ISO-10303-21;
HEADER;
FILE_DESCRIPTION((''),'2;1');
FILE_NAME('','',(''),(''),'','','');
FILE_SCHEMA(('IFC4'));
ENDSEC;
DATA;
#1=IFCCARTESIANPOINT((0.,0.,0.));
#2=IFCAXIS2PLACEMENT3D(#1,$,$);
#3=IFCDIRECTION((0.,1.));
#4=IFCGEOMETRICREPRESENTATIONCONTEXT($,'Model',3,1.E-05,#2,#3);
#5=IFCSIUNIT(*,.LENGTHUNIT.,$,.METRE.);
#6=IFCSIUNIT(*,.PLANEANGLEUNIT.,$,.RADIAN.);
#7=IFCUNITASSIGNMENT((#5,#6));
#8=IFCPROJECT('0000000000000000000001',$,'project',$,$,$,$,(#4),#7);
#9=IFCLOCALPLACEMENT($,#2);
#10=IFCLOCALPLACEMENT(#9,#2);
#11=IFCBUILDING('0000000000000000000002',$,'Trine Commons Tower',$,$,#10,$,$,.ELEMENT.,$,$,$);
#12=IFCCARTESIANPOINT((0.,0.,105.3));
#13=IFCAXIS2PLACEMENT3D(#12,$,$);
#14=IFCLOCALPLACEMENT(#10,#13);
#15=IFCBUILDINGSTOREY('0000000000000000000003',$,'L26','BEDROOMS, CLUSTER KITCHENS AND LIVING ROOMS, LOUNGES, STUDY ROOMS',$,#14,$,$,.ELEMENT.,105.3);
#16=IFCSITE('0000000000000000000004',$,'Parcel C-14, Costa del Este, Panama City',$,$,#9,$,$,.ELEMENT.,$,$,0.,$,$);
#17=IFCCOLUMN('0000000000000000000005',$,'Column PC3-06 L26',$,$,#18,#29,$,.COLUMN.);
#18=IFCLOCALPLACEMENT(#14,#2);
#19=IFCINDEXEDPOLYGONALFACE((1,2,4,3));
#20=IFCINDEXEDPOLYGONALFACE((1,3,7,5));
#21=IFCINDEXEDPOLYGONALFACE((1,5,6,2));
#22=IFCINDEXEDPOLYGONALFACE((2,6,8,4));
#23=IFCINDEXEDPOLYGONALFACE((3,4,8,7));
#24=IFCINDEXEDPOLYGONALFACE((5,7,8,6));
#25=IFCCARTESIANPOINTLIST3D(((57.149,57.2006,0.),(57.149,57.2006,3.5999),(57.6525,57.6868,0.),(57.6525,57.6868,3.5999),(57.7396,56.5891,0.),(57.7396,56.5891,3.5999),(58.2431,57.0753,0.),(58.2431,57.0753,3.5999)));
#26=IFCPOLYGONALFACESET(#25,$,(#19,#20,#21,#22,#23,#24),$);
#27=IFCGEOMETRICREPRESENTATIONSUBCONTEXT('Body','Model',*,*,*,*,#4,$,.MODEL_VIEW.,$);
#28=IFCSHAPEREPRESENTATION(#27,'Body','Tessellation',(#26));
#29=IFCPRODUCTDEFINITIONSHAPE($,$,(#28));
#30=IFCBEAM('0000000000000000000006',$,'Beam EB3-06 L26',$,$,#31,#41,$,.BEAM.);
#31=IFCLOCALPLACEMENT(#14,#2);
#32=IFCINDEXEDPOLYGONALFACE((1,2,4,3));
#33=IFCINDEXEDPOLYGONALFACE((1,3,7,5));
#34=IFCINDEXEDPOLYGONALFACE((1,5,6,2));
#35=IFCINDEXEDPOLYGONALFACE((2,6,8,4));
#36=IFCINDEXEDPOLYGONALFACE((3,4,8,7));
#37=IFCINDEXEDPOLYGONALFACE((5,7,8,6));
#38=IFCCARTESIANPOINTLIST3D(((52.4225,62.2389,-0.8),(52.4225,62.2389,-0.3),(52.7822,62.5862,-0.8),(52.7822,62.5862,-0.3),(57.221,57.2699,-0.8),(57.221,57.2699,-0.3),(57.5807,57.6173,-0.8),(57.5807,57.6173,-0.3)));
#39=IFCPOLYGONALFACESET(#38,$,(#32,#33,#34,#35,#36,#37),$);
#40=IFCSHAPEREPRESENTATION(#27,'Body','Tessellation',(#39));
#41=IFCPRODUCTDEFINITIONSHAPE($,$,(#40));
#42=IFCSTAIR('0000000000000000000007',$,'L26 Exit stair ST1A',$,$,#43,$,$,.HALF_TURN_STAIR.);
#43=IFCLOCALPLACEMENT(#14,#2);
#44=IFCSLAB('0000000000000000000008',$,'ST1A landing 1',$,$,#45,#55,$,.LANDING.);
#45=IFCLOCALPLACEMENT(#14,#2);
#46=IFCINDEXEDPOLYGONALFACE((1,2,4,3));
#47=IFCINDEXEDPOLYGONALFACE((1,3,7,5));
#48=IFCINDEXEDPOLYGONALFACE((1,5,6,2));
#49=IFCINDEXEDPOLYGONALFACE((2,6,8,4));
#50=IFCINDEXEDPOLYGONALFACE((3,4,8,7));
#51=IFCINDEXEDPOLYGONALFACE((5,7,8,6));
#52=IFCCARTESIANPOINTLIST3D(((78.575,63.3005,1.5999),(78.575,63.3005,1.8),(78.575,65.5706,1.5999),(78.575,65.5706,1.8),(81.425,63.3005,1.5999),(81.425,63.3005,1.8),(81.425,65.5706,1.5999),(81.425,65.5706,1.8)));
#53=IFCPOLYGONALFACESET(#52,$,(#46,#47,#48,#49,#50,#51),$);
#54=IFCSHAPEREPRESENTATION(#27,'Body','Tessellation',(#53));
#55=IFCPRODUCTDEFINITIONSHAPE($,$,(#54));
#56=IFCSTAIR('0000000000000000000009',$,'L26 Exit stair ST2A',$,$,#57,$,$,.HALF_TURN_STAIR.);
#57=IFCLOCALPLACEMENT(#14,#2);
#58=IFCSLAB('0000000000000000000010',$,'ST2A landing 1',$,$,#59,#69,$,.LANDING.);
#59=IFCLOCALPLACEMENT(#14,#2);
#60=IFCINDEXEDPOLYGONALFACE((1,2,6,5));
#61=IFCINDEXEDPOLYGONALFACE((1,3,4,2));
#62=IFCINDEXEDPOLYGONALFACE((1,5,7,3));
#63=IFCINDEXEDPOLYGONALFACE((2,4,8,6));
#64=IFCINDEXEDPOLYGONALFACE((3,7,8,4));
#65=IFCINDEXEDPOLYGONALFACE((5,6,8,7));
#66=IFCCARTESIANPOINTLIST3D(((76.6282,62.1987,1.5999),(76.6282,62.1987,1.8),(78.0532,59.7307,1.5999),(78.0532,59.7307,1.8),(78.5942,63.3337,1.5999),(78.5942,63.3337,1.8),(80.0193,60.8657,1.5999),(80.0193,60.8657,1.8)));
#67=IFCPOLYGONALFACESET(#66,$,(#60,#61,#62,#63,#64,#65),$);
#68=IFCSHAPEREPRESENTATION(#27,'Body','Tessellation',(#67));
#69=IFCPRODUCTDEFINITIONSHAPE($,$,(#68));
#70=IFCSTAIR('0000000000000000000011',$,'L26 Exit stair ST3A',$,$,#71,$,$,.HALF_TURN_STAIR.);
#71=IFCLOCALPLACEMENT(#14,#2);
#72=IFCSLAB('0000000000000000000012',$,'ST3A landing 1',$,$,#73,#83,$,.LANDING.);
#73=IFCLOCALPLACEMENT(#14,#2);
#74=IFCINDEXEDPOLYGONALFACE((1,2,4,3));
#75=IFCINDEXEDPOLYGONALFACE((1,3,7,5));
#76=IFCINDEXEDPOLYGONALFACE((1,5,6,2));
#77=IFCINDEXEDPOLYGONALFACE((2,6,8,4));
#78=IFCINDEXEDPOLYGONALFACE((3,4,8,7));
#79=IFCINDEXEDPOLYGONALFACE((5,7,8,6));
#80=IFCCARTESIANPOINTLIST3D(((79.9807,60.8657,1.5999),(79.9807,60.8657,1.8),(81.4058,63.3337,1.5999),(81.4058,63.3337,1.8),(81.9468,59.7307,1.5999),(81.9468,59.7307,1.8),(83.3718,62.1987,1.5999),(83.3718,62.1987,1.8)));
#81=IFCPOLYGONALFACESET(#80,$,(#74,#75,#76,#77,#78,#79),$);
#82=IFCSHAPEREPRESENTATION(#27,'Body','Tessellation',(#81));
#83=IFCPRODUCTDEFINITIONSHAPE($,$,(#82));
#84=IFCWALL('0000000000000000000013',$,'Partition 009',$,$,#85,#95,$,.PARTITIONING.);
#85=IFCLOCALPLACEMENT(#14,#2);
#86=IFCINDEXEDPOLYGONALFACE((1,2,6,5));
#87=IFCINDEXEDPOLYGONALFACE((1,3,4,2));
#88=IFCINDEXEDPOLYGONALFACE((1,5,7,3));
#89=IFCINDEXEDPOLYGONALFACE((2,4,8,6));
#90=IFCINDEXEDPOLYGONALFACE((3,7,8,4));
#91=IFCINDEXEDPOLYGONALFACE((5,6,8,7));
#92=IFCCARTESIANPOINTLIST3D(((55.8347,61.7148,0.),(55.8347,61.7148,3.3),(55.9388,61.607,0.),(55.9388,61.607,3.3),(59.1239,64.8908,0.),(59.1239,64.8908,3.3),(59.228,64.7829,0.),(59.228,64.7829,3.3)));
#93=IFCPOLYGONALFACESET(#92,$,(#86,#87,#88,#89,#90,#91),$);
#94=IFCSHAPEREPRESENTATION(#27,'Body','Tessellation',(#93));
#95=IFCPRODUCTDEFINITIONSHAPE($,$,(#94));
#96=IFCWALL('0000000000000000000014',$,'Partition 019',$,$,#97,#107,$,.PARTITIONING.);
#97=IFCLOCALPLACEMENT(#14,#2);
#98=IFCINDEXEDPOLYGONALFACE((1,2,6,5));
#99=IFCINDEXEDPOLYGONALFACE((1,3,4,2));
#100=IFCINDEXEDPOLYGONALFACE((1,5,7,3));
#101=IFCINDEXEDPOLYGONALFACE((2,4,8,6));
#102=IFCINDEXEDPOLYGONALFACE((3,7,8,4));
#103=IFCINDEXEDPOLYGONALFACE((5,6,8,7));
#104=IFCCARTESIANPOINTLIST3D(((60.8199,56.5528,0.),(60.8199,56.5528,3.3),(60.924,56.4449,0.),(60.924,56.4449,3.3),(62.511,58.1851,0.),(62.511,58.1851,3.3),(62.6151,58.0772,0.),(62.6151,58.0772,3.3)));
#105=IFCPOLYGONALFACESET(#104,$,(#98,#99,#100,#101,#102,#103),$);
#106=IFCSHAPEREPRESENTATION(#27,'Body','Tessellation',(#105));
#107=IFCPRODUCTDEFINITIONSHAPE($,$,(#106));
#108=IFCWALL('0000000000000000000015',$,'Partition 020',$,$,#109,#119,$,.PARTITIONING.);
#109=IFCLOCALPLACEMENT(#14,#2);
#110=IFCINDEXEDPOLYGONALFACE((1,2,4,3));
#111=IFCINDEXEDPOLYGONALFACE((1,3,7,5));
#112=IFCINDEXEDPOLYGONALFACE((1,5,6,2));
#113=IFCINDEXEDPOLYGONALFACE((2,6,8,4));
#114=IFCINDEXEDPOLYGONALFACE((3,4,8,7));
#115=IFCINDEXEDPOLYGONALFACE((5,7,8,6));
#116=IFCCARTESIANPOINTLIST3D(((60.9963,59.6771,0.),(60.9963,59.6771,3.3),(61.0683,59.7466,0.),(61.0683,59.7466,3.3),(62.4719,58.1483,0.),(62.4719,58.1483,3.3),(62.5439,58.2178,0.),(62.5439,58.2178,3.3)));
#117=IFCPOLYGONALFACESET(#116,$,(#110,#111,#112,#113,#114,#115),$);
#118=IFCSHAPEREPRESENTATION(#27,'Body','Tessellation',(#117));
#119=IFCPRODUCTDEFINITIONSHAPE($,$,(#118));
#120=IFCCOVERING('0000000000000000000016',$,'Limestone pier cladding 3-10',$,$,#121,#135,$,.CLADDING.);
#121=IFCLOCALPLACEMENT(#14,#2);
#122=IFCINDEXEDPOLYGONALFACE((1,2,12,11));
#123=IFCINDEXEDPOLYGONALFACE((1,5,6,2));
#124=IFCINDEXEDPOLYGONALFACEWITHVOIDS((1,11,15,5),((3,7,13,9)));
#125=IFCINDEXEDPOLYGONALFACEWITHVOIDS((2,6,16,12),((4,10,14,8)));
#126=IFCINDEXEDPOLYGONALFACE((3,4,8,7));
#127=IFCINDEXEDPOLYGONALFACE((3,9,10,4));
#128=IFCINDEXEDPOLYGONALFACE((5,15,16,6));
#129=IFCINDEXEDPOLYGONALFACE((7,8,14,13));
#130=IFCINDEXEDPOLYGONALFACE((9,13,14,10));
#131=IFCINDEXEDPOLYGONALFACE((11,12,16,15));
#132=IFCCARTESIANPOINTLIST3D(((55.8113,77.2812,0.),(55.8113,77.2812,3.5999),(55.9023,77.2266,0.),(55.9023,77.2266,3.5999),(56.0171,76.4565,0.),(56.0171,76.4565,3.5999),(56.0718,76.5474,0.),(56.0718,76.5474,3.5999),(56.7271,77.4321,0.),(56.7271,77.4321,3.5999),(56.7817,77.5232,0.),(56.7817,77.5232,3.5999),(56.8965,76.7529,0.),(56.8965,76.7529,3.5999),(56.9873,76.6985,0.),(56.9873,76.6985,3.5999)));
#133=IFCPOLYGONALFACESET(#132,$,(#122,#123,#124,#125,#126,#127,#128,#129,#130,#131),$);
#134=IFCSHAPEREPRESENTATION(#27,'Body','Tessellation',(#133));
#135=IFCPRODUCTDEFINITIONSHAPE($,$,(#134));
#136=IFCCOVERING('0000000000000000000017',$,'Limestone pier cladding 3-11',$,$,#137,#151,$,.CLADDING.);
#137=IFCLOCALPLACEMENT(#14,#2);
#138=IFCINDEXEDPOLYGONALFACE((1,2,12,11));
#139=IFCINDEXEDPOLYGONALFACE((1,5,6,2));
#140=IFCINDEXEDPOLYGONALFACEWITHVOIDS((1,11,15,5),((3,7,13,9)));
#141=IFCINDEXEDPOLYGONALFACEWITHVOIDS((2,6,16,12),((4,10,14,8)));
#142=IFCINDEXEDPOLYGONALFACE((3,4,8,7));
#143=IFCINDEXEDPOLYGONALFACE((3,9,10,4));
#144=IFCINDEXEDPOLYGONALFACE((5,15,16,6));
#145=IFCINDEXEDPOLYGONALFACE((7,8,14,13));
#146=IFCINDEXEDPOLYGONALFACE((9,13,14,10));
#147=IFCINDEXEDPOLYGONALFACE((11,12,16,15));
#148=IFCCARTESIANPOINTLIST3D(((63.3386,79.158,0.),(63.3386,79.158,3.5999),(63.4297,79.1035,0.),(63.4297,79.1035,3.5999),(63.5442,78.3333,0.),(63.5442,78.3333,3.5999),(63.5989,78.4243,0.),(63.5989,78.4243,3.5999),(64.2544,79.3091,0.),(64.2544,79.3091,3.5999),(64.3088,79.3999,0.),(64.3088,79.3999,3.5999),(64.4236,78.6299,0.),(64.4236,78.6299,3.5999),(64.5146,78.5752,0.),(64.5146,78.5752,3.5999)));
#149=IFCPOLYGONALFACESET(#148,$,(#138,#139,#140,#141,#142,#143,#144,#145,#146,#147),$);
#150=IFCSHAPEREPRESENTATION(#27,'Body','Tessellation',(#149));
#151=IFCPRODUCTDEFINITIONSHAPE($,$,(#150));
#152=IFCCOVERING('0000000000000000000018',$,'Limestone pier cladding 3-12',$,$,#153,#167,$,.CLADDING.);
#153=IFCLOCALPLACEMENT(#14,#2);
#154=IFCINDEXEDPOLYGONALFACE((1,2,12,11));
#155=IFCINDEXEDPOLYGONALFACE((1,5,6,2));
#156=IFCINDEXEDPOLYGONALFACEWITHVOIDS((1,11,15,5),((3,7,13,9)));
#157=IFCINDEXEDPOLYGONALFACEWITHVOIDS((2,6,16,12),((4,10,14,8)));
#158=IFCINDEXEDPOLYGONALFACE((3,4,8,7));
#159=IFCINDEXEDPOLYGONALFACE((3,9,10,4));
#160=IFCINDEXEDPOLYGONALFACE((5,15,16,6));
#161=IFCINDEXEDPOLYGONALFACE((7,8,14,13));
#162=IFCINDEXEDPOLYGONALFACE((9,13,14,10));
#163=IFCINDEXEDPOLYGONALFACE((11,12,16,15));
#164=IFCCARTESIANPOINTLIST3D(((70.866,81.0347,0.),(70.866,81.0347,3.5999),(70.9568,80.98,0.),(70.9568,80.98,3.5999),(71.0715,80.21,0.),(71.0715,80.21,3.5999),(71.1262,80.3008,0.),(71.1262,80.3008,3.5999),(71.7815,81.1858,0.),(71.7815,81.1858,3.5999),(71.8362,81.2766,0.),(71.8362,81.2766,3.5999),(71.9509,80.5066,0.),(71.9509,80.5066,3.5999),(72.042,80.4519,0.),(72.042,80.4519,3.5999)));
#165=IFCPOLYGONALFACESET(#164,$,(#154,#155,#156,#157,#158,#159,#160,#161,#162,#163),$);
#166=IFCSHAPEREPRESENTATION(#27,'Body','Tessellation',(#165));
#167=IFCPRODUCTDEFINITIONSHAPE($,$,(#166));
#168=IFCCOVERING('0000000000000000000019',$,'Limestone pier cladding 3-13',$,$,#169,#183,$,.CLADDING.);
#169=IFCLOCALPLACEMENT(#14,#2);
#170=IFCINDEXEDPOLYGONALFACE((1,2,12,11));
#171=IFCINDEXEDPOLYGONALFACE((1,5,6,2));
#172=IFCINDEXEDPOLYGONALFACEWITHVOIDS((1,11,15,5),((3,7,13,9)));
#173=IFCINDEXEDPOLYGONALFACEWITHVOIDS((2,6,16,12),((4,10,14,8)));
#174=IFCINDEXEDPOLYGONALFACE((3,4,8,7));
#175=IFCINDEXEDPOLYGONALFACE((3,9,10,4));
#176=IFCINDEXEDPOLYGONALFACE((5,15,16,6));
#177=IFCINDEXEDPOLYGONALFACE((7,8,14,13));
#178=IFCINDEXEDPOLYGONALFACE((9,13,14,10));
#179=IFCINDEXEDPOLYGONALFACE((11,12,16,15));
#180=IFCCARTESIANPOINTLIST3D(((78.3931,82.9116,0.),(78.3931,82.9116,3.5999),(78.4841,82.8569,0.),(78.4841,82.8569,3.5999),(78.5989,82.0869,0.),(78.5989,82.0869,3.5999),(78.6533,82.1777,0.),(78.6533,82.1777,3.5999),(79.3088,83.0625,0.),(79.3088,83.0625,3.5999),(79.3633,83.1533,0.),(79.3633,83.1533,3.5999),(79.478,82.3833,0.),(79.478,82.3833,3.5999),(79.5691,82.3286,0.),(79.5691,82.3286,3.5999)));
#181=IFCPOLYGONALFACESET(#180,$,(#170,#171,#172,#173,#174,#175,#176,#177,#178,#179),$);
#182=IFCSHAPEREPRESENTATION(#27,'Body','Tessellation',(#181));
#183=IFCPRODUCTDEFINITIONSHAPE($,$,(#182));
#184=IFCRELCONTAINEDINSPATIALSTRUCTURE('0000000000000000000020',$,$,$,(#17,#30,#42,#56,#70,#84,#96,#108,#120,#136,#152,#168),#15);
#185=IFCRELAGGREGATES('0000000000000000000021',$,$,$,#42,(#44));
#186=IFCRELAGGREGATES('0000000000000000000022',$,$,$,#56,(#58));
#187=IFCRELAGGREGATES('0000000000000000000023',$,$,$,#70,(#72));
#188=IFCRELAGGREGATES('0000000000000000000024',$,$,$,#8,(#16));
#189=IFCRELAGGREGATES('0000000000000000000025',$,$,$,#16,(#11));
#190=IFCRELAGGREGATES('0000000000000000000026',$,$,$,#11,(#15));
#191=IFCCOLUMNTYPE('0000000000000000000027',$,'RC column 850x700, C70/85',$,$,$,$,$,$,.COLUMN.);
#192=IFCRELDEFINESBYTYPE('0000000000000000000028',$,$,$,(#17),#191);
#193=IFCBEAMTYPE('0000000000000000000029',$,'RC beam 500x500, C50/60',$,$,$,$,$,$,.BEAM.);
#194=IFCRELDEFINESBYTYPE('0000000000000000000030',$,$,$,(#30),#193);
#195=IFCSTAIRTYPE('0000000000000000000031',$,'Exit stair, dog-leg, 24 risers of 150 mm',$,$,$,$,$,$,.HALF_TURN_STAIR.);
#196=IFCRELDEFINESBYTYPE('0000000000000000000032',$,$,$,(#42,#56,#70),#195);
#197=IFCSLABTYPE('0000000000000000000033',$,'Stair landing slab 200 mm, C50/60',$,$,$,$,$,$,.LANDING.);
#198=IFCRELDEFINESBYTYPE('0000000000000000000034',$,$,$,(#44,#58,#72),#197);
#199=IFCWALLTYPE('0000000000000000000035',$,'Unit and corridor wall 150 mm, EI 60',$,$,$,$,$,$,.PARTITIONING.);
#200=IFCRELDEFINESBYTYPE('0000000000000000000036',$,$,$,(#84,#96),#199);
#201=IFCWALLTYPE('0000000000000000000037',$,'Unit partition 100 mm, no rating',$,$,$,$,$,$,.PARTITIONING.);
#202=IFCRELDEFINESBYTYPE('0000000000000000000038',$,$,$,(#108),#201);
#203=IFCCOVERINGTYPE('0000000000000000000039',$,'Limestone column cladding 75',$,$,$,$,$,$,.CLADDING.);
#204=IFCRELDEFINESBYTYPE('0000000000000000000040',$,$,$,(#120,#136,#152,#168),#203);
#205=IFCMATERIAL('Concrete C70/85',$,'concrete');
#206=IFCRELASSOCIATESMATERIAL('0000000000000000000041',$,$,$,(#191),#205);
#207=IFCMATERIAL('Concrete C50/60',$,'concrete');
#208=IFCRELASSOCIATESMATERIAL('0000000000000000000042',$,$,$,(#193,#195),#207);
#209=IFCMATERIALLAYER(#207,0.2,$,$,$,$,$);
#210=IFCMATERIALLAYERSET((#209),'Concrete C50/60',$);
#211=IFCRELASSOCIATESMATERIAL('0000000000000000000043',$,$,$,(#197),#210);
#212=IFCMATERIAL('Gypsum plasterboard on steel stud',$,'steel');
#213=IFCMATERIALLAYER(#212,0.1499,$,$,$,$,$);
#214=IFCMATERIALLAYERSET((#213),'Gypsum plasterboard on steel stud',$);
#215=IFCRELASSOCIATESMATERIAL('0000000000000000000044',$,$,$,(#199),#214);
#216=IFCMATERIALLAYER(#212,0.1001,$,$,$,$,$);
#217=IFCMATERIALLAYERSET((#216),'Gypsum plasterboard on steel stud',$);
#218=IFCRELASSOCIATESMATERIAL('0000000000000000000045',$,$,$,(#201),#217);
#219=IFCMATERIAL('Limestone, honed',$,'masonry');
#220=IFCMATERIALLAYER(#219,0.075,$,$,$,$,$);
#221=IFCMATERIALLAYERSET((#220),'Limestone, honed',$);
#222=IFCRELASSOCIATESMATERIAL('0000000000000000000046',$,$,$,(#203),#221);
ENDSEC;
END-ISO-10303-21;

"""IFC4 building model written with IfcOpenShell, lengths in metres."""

from ifc_helpers import new_model, si_unit, direction, frame, frame_2d, origin, origin_2d, place, context, subcontext, project, spatial, polyline, rectangle, outline, extrude, material, layer, layer_set, material_profile, profile_set, type_object, element, aggregate, save


model = new_model("IFC4")

# Units and contexts
model_context = context("Model", 3, precision=1e-05, world=origin(), true_north=direction((0.0, 1.0)))
body_context = subcontext(model_context, "Body", "Model", "MODEL_VIEW")
ifc_project = project(units=[si_unit("LENGTHUNIT", "METRE"), si_unit("PLANEANGLEUNIT", "RADIAN")], contexts=[model_context])

# Site, building, storey
site_placement = place(None, origin())
site = spatial("IfcSite", under=ifc_project, at=site_placement, Name="Parcel C-14, Costa del Este, Panama City", CompositionType="ELEMENT", RefElevation=0.0)
building_placement = place(site_placement, origin())
building = spatial("IfcBuilding", under=site, at=building_placement, Name="Trine Commons Tower", CompositionType="ELEMENT")
storey_placement = place(building_placement, frame((0.0, 0.0, 105.3)))
storey = spatial("IfcBuildingStorey", under=building, at=storey_placement, Name="L26", Description="BEDROOMS, CLUSTER KITCHENS AND LIVING ROOMS, LOUNGES, STUDY ROOMS", CompositionType="ELEMENT", Elevation=105.3)

# Column
ifc_material_1 = material(Name="Concrete C70/85", Category="concrete")
ifc_material_profile_1 = material_profile(ifc_material_1, rectangle(XDim=0.8501, YDim=0.7, at=origin_2d()), Name="RC 850x700")
ifc_profile_set_1 = profile_set([ifc_material_profile_1], Name="Concrete C70/85")
column_type = type_object("IfcColumnType", Name="RC column 850x700, C70/85", PredefinedType="COLUMN", material=ifc_profile_set_1)
column_placement = place(storey_placement, frame((57.696, 57.1379, 0.0), z_axis=(0.0, 0.0, 1.0), x_axis=(-0.694658, 0.71934, 0.0)))
element("IfcColumn", 1, at=column_placement, inside=storey, type_object=column_type, Name="Column PC3-06 L26", PredefinedType="COLUMN", context=body_context, shape_type="SweptSolid", body=[
    extrude(rectangle(XDim=0.8501, YDim=0.7, at=origin_2d()), origin(), (0.0, 0.0, 1.0), 3.5999),
])

# Beam
ifc_material_2 = material(Name="Concrete C50/60", Category="concrete")
ifc_material_profile_2 = material_profile(ifc_material_2, rectangle(XDim=0.5, YDim=0.5, at=origin_2d()), Name="RC 500x500")
ifc_profile_set_2 = profile_set([ifc_material_profile_2], Name="Concrete C50/60")
beam_type = type_object("IfcBeamType", Name="RC beam 500x500, C50/60", PredefinedType="BEAM", material=ifc_profile_set_2)
beam_placement = place(storey_placement, frame((57.4009, 57.4436, -0.55), z_axis=(-0.694665, 0.719334, 0.0), x_axis=(-0.719334, -0.694665, 0.0)))
element("IfcBeam", 2, at=beam_placement, inside=storey, type_object=beam_type, Name="Beam EB3-06 L26", PredefinedType="BEAM", context=body_context, shape_type="SweptSolid", body=[
    extrude(rectangle(XDim=0.5, YDim=0.5, at=origin_2d()), origin(), (0.0, 0.0, 1.0), 6.9077),
])

# Stairs, slabs
stair_type = type_object("IfcStairType", Name="Exit stair, dog-leg, 24 risers of 150 mm", PredefinedType="HALF_TURN_STAIR", material=ifc_material_2)
stair_1_placement = place(storey_placement, origin())
stair_1 = element("IfcStair", 3, at=stair_1_placement, inside=storey, type_object=stair_type, Name="L26 Exit stair ST1A", PredefinedType="HALF_TURN_STAIR")
ifc_layer_1 = layer(ifc_material_2, 0.2)
ifc_layer_set_1 = layer_set([ifc_layer_1], Name="Concrete C50/60")
slab_type = type_object("IfcSlabType", Name="Stair landing slab 200 mm, C50/60", PredefinedType="LANDING", material=ifc_layer_set_1)
slab_1_placement = place(storey_placement, frame((0.0, 0.0, 1.5999)))
slab_1 = element("IfcSlab", 4, at=slab_1_placement, type_object=slab_type, Name="ST1A landing 1", PredefinedType="LANDING", context=body_context, shape_type="SweptSolid", body=[
    extrude(outline(polyline([(78.575, 65.5706), (78.575, 63.3005), (81.425, 63.3005), (81.425, 65.5706), (78.575, 65.5706)])), origin(), (0.0, 0.0, 1.0), 0.2002),
])
aggregate(stair_1, [slab_1])
stair_2_placement = place(storey_placement, origin())
stair_2 = element("IfcStair", 5, at=stair_2_placement, inside=storey, type_object=stair_type, Name="L26 Exit stair ST2A", PredefinedType="HALF_TURN_STAIR")
slab_2_placement = place(storey_placement, frame((0.0, 0.0, 1.5999)))
slab_2 = element("IfcSlab", 6, at=slab_2_placement, type_object=slab_type, Name="ST2A landing 1", PredefinedType="LANDING", context=body_context, shape_type="SweptSolid", body=[
    extrude(outline(polyline([(78.0532, 59.7307), (80.0193, 60.8657), (78.5942, 63.3337), (76.6282, 62.1987), (78.0532, 59.7307)])), origin(), (0.0, 0.0, 1.0), 0.2002),
])
aggregate(stair_2, [slab_2])
stair_3_placement = place(storey_placement, origin())
stair_3 = element("IfcStair", 7, at=stair_3_placement, inside=storey, type_object=stair_type, Name="L26 Exit stair ST3A", PredefinedType="HALF_TURN_STAIR")
slab_3_placement = place(storey_placement, frame((0.0, 0.0, 1.5999)))
slab_3 = element("IfcSlab", 8, at=slab_3_placement, type_object=slab_type, Name="ST3A landing 1", PredefinedType="LANDING", context=body_context, shape_type="SweptSolid", body=[
    extrude(outline(polyline([(83.3718, 62.1987), (81.4058, 63.3337), (79.9807, 60.8657), (81.9468, 59.7307), (83.3718, 62.1987)])), origin(), (0.0, 0.0, 1.0), 0.2002),
])
aggregate(stair_3, [slab_3])

# Walls
ifc_material_3 = material(Name="Gypsum plasterboard on steel stud", Category="steel")
ifc_layer_2 = layer(ifc_material_3, 0.1499)
ifc_layer_set_2 = layer_set([ifc_layer_2], Name="Gypsum plasterboard on steel stud")
wall_type_1 = type_object("IfcWallType", Name="Unit and corridor wall 150 mm, EI 60", PredefinedType="PARTITIONING", material=ifc_layer_set_2)
wall_1_placement = place(storey_placement, frame((55.8867, 61.6609, 0.0), z_axis=(0.0, 0.0, 1.0), x_axis=(0.719386, 0.694611, 0.0)))
element("IfcWall", 9, at=wall_1_placement, inside=storey, type_object=wall_type_1, Name="Partition 009", PredefinedType="PARTITIONING", context=body_context, shape_type="SweptSolid", body=[
    extrude(rectangle(XDim=4.5723, YDim=0.1499, at=frame_2d((2.2861, 0.0))), origin(), (0.0, 0.0, 1.0), 3.3),
])
wall_2_placement = place(storey_placement, frame((60.8718, 56.4988, 0.0), z_axis=(0.0, 0.0, 1.0), x_axis=(0.719512, 0.69448, 0.0)))
element("IfcWall", 10, at=wall_2_placement, inside=storey, type_object=wall_type_1, Name="Partition 019", PredefinedType="PARTITIONING", context=body_context, shape_type="SweptSolid", body=[
    extrude(rectangle(XDim=2.3503, YDim=0.1499, at=frame_2d((1.1753, 0.0))), origin(), (0.0, 0.0, 1.0), 3.3),
])
ifc_layer_3 = layer(ifc_material_3, 0.1001)
ifc_layer_set_3 = layer_set([ifc_layer_3], Name="Gypsum plasterboard on steel stud")
wall_type_2 = type_object("IfcWallType", Name="Unit partition 100 mm, no rating", PredefinedType="PARTITIONING", material=ifc_layer_set_3)
wall_3_placement = place(storey_placement, frame((61.0322, 59.7119, 0.0), z_axis=(0.0, 0.0, 1.0), x_axis=(0.694471, -0.71952, 0.0)))
element("IfcWall", 11, at=wall_3_placement, inside=storey, type_object=wall_type_2, Name="Partition 020", PredefinedType="PARTITIONING", context=body_context, shape_type="SweptSolid", body=[
    extrude(rectangle(XDim=2.1248, YDim=0.1001, at=frame_2d((1.0625, 0.0))), origin(), (0.0, 0.0, 1.0), 3.3),
])

# Coverings
ifc_material_4 = material(Name="Limestone, honed", Category="masonry")
ifc_layer_4 = layer(ifc_material_4, 0.075)
ifc_layer_set_4 = layer_set([ifc_layer_4], Name="Limestone, honed")
covering_type_1 = type_object("IfcCoveringType", Name="Limestone column cladding 75", PredefinedType="CLADDING", material=ifc_layer_set_4)
covering_1_placement = place(storey_placement, origin())
element("IfcCovering", 12, at=covering_1_placement, inside=storey, type_object=covering_type_1, Name="Limestone pier cladding 3-10", PredefinedType="CLADDING", context=body_context, shape_type="SweptSolid", body=[
    extrude(outline(polyline([(56.9873, 76.6985), (56.7817, 77.5232), (55.8113, 77.2812), (56.0171, 76.4565), (56.9873, 76.6985)]), holes=[polyline([(56.8965, 76.7529), (56.7271, 77.4321), (55.9023, 77.2266), (56.0718, 76.5474), (56.8965, 76.7529)])]), origin(), (0.0, 0.0, 1.0), 3.5999),
])
covering_2_placement = place(storey_placement, origin())
element("IfcCovering", 13, at=covering_2_placement, inside=storey, type_object=covering_type_1, Name="Limestone pier cladding 3-11", PredefinedType="CLADDING", context=body_context, shape_type="SweptSolid", body=[
    extrude(outline(polyline([(64.5146, 78.5752), (64.3088, 79.3999), (63.3386, 79.158), (63.5442, 78.3333), (64.5146, 78.5752)]), holes=[polyline([(64.4236, 78.6299), (64.2544, 79.3091), (63.4297, 79.1035), (63.5989, 78.4243), (64.4236, 78.6299)])]), origin(), (0.0, 0.0, 1.0), 3.5999),
])
covering_3_placement = place(storey_placement, origin())
element("IfcCovering", 14, at=covering_3_placement, inside=storey, type_object=covering_type_1, Name="Limestone pier cladding 3-12", PredefinedType="CLADDING", context=body_context, shape_type="SweptSolid", body=[
    extrude(outline(polyline([(72.042, 80.4519), (71.8362, 81.2766), (70.866, 81.0347), (71.0715, 80.21), (72.042, 80.4519)]), holes=[polyline([(71.9509, 80.5066), (71.7815, 81.1858), (70.9568, 80.98), (71.1262, 80.3008), (71.9509, 80.5066)])]), origin(), (0.0, 0.0, 1.0), 3.5999),
])
covering_4_placement = place(storey_placement, origin())
element("IfcCovering", 15, at=covering_4_placement, inside=storey, type_object=covering_type_1, Name="Limestone pier cladding 3-13", PredefinedType="CLADDING", context=body_context, shape_type="SweptSolid", body=[
    extrude(outline(polyline([(79.5691, 82.3286), (79.3633, 83.1533), (78.3931, 82.9116), (78.5989, 82.0869), (79.5691, 82.3286)]), holes=[polyline([(79.478, 82.3833), (79.3088, 83.0625), (78.4841, 82.8569), (78.6533, 82.1777), (79.478, 82.3833)])]), origin(), (0.0, 0.0, 1.0), 3.5999),
])

save(model, "model.ifc")
